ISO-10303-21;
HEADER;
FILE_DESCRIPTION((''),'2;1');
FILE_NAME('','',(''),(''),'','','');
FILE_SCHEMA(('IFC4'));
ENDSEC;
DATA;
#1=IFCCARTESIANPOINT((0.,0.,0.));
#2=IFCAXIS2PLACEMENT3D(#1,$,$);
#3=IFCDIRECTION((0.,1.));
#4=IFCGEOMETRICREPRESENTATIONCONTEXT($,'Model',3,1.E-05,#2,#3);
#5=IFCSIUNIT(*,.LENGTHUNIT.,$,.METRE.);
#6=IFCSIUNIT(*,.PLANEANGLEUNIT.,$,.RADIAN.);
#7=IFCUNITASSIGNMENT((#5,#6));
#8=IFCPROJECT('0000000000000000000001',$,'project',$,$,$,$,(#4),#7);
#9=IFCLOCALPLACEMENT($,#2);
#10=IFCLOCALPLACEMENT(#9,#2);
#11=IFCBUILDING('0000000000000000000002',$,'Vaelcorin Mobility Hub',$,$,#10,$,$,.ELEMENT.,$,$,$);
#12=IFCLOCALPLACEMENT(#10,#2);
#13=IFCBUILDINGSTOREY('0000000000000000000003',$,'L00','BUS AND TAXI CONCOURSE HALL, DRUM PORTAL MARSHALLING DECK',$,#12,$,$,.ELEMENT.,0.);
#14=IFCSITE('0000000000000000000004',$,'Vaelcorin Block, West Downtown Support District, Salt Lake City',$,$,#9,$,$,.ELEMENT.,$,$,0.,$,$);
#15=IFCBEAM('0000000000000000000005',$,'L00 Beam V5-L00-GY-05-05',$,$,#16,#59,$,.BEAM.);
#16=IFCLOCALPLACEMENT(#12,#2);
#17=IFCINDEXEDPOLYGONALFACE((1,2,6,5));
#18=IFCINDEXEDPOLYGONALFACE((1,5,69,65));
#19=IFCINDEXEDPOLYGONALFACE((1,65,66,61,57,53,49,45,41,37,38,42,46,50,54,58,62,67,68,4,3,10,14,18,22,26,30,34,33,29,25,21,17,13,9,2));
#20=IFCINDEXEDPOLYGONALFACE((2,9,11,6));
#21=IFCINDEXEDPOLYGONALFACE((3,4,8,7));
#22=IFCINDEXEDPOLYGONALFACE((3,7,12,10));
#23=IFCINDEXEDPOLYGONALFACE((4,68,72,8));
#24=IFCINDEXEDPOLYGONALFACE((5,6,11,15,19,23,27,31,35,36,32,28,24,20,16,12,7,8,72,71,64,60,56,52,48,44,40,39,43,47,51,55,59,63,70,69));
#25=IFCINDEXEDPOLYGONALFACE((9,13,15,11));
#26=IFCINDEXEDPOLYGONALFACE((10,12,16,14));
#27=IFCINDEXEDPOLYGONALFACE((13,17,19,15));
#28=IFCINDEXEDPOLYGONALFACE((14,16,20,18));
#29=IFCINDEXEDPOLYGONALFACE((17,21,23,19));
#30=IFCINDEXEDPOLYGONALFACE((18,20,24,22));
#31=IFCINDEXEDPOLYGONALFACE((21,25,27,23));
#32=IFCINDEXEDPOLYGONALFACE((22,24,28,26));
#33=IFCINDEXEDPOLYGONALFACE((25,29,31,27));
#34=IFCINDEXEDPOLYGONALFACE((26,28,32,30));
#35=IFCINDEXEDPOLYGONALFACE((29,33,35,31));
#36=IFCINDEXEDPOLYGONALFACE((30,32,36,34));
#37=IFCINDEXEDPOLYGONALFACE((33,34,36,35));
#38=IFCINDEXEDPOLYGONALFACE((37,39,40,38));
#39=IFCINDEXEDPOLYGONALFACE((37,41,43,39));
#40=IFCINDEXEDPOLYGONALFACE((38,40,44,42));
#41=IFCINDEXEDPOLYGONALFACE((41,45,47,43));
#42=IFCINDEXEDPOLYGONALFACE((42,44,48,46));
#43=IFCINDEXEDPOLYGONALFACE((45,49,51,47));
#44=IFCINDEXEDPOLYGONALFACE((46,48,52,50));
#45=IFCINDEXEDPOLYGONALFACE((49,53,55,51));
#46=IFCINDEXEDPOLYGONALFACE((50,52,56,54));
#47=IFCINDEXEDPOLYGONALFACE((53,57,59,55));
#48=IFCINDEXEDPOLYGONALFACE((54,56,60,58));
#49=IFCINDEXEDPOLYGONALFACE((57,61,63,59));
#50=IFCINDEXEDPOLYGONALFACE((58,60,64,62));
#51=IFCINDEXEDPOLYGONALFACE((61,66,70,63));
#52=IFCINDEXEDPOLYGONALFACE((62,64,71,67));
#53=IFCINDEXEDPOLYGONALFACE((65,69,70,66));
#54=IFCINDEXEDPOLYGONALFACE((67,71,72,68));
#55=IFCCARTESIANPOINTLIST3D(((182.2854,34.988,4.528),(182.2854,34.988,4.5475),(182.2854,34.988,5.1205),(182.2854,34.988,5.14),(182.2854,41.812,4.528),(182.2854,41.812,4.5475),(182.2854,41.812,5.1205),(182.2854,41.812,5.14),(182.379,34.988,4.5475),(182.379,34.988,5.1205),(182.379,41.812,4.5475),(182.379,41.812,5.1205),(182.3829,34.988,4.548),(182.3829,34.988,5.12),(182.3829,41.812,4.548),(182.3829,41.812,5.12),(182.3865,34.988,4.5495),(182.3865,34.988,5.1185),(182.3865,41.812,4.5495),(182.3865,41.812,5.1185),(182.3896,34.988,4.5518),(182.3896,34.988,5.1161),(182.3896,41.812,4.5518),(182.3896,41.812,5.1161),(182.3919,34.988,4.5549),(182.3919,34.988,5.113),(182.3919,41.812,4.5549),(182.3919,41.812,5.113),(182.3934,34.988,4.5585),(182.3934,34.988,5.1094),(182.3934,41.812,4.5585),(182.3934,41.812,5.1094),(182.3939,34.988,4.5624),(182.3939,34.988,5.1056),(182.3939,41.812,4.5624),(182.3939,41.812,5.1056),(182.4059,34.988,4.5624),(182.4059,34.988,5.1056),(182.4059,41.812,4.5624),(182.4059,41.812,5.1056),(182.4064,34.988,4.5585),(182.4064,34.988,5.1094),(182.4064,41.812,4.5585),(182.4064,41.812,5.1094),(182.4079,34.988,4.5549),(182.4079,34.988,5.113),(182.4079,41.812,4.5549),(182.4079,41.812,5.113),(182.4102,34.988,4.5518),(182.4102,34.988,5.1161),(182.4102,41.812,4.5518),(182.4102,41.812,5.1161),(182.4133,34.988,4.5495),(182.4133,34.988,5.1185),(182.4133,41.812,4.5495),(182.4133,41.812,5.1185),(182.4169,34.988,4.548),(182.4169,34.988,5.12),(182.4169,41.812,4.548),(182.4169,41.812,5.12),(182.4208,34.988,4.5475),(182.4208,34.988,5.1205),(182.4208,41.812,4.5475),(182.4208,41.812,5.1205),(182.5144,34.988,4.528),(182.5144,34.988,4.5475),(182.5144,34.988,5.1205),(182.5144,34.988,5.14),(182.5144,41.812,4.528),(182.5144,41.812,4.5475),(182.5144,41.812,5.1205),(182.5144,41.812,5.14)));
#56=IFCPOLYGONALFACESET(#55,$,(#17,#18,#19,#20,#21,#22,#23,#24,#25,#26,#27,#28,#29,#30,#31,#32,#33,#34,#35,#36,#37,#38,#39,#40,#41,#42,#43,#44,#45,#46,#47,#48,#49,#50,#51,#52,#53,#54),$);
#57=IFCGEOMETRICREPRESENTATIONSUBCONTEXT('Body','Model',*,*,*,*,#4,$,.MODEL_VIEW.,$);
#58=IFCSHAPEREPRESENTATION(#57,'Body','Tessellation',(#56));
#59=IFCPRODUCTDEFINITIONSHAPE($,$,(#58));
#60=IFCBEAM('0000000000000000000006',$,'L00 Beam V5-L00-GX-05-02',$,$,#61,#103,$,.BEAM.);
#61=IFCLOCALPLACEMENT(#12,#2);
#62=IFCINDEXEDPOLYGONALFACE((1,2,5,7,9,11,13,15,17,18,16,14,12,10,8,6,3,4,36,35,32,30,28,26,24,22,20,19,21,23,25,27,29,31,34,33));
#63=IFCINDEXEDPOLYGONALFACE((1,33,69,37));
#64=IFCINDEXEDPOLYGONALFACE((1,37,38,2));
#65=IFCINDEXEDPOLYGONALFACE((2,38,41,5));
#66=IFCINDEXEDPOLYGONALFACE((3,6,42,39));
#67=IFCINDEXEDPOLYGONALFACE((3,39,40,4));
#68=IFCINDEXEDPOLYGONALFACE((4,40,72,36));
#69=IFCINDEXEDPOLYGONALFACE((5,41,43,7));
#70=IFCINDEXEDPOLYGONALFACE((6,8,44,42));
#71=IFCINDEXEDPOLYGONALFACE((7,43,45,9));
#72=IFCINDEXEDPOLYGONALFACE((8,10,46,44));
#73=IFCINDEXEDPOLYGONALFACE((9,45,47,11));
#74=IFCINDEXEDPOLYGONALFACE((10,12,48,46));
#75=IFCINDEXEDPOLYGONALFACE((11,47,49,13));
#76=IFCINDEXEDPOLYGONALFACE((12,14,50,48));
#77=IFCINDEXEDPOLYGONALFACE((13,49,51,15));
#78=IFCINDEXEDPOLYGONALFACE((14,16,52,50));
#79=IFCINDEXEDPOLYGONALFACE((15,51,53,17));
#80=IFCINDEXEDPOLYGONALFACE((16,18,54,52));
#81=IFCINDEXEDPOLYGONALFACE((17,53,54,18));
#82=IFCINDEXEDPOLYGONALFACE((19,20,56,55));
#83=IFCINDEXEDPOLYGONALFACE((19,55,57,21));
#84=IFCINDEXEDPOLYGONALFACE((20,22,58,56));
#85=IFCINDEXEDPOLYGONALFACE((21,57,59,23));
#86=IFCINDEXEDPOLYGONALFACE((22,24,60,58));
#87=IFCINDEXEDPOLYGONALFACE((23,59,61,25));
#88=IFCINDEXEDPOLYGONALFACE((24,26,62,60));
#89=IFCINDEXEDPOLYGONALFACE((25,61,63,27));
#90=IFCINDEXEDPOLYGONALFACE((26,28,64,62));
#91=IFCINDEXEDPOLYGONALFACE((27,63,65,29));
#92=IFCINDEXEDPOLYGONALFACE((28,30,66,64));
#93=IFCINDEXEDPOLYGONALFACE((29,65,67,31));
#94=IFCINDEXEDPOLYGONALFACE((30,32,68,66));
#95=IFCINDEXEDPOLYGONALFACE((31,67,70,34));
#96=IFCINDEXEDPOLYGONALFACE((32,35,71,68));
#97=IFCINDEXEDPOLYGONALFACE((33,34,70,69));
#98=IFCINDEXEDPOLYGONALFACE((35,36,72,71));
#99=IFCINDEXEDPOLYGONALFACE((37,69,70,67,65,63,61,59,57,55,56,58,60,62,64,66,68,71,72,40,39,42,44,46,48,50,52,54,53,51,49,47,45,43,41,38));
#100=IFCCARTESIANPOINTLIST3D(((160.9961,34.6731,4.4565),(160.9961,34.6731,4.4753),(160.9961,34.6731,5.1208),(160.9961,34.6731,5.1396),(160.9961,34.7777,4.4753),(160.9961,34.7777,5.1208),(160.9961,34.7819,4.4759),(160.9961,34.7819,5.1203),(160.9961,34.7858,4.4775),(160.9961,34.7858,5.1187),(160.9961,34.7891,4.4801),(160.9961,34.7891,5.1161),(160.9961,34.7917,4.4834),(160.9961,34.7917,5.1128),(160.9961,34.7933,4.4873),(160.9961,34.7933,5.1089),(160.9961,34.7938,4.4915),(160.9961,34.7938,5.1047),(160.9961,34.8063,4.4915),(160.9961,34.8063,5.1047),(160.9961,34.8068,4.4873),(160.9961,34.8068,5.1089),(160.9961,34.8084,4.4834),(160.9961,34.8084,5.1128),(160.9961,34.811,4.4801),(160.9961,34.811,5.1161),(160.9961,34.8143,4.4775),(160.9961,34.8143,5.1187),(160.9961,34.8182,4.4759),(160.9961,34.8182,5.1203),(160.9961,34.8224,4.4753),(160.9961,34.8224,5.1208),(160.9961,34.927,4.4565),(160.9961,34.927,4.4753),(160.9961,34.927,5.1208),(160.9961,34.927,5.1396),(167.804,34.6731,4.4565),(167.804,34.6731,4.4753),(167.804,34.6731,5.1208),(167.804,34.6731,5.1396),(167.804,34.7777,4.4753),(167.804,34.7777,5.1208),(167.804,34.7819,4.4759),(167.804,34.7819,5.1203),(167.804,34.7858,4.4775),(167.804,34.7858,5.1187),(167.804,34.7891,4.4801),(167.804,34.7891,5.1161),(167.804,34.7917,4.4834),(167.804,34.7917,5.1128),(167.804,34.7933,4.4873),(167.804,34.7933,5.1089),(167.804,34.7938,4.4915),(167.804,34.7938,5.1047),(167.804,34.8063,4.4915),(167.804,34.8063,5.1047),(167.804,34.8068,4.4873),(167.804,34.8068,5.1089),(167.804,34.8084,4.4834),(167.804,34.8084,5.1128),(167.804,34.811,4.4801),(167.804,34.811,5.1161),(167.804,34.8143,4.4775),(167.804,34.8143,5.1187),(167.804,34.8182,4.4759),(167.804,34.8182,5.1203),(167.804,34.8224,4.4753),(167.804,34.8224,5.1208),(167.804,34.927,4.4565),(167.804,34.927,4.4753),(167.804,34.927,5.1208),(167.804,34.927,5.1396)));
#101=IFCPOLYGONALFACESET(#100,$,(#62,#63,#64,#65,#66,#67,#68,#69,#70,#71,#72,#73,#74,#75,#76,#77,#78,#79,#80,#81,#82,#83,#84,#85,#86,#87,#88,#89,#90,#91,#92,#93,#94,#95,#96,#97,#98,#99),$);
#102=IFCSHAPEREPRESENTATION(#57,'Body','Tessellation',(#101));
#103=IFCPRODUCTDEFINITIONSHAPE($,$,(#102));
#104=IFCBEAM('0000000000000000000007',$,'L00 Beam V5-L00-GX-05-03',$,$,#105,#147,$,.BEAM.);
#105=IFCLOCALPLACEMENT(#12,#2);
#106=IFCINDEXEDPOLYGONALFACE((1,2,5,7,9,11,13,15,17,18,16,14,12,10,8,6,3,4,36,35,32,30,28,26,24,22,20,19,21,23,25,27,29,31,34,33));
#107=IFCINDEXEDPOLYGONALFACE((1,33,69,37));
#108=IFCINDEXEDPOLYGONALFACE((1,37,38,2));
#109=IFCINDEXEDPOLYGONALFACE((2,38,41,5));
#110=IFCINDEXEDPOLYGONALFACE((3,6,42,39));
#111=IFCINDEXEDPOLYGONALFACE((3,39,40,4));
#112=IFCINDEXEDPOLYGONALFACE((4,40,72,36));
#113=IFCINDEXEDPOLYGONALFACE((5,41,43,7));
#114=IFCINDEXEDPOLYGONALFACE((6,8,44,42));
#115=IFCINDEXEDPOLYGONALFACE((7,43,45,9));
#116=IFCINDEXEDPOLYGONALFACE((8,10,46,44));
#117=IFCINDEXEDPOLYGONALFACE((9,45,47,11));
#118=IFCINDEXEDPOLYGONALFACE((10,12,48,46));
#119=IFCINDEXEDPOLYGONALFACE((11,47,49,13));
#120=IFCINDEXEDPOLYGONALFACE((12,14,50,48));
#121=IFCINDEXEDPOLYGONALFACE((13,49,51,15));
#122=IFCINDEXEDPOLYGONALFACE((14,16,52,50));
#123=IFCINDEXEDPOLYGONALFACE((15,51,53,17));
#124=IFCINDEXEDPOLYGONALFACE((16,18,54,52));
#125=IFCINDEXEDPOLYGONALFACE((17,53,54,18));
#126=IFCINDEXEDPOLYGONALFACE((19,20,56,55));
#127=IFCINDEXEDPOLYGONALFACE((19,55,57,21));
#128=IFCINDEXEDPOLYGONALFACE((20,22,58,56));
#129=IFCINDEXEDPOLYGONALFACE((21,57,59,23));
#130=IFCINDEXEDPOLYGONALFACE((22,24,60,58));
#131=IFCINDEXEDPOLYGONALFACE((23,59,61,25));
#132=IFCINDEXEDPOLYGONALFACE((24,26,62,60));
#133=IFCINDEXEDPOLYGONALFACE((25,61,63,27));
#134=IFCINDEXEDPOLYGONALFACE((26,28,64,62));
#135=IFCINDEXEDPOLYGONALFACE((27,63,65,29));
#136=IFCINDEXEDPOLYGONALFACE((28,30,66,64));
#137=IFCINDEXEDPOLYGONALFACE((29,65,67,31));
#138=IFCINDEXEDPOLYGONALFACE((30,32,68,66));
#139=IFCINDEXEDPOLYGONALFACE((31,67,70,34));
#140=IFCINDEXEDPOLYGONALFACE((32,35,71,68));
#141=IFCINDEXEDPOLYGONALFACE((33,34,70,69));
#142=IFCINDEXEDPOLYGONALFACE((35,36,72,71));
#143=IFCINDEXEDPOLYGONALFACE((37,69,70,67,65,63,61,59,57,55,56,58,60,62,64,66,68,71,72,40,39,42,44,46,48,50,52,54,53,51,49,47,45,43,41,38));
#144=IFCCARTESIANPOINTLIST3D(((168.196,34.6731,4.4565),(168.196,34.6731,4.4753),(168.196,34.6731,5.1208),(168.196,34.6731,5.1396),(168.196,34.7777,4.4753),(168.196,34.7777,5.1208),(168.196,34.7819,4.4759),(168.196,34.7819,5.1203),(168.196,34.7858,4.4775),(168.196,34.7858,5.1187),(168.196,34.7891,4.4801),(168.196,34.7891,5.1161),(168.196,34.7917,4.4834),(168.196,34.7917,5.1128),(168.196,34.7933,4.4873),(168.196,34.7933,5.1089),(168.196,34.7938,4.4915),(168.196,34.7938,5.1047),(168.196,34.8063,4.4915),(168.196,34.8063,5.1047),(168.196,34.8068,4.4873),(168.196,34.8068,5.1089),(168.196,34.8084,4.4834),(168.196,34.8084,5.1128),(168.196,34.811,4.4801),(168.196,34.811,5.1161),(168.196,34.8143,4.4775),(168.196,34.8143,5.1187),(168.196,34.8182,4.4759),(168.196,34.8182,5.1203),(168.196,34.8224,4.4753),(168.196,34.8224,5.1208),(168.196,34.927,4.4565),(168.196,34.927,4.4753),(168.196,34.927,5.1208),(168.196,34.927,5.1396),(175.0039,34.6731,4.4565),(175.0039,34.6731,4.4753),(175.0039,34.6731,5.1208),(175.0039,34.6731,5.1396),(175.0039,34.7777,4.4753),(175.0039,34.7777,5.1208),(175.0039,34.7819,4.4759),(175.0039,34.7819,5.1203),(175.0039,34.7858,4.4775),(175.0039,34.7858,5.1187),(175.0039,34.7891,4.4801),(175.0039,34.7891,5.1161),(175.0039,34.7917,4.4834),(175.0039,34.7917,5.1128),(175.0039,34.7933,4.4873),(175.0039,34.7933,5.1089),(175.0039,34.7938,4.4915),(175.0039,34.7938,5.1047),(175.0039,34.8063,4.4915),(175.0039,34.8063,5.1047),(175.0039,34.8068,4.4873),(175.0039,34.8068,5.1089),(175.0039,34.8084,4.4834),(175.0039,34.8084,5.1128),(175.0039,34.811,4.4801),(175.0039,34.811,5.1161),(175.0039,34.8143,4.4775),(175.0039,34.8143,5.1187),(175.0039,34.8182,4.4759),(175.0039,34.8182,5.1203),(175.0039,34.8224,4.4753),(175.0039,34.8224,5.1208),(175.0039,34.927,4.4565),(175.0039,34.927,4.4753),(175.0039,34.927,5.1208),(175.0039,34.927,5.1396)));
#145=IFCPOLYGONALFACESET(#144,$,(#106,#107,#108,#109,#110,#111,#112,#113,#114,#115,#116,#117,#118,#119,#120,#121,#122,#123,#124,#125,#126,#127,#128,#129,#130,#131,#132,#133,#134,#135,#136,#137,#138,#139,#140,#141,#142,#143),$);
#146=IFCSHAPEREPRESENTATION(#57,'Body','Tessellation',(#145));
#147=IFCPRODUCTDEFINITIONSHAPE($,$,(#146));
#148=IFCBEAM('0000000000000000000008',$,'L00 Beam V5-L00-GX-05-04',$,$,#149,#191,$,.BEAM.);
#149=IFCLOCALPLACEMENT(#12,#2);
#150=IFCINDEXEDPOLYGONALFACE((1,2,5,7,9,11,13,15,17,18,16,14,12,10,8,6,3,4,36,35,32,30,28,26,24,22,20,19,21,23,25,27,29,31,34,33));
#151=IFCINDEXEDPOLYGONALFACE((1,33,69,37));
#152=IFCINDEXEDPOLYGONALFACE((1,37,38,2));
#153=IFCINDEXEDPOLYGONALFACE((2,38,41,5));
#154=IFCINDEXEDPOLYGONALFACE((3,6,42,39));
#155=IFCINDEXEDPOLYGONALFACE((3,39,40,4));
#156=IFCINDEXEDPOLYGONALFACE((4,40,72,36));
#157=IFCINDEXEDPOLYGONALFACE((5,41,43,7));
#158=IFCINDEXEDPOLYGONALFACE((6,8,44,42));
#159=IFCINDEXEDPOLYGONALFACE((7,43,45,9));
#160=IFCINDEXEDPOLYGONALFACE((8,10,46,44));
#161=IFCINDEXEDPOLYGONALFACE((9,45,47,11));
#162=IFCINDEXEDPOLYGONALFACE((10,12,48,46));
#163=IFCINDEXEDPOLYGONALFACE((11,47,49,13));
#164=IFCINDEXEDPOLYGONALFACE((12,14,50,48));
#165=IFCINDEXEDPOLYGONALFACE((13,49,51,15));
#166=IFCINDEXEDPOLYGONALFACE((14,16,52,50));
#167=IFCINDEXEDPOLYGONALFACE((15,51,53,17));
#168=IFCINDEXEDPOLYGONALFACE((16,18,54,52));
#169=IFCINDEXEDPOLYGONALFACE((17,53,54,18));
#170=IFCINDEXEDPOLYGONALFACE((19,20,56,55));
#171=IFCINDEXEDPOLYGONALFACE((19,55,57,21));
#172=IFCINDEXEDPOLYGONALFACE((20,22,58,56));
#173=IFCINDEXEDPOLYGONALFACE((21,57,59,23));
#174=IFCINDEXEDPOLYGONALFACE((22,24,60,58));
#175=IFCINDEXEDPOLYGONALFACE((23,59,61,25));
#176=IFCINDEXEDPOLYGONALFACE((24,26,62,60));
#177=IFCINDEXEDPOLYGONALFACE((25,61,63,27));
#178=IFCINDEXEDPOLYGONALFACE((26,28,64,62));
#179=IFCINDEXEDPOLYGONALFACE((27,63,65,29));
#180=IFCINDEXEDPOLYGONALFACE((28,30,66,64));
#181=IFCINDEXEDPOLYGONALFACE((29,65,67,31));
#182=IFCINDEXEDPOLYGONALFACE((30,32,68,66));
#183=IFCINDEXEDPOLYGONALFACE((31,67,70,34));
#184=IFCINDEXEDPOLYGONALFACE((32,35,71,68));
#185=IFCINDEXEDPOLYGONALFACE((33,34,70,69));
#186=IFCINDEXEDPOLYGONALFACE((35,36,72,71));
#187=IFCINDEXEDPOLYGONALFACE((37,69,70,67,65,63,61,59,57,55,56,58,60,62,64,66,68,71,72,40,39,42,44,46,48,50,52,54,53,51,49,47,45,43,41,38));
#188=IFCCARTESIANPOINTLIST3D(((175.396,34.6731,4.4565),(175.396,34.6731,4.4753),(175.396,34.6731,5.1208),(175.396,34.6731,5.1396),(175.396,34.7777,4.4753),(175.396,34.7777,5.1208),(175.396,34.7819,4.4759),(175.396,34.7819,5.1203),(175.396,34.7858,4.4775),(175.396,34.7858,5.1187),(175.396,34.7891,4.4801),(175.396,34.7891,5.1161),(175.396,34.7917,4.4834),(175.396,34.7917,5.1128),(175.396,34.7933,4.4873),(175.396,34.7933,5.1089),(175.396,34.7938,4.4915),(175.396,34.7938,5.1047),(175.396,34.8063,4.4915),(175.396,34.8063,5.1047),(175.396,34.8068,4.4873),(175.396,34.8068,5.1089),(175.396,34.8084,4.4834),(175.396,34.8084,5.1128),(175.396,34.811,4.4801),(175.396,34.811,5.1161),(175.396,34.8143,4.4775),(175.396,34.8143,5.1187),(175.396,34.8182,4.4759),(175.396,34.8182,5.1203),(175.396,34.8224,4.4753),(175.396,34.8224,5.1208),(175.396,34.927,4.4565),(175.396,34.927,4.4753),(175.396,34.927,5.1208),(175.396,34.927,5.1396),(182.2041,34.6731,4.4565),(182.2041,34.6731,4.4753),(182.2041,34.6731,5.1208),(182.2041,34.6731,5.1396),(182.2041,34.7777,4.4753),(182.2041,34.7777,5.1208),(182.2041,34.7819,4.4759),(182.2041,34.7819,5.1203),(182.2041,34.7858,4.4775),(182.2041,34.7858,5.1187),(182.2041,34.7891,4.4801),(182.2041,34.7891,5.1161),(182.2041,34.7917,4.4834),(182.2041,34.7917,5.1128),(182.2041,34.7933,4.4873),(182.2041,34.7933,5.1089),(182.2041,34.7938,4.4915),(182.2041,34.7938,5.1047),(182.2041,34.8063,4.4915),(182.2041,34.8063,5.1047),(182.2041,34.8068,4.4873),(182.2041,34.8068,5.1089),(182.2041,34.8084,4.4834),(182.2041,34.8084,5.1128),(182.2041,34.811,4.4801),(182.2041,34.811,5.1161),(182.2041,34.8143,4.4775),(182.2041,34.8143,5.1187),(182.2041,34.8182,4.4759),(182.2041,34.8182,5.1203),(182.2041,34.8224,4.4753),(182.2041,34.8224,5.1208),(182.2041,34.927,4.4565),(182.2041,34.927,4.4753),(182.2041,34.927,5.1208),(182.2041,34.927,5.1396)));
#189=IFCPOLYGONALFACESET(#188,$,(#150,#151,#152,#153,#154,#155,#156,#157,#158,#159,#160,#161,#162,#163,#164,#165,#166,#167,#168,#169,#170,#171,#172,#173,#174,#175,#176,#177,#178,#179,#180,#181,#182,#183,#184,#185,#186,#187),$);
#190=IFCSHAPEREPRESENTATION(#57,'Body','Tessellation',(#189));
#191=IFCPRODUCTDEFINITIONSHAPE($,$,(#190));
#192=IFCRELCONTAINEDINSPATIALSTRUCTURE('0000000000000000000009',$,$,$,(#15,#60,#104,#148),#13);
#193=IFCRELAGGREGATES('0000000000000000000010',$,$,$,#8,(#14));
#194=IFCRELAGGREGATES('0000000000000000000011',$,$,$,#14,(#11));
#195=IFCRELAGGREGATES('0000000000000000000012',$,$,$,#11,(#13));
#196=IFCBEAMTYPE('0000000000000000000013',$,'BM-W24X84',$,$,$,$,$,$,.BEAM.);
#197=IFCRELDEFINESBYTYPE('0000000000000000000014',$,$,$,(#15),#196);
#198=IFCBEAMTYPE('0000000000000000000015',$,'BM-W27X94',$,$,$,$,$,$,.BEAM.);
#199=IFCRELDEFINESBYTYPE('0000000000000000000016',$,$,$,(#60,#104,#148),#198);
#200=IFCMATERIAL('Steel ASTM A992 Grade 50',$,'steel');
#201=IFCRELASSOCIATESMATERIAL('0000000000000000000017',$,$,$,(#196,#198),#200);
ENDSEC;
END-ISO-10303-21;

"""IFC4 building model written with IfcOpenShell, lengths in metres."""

from ifc_helpers import new_model, si_unit, direction, frame, origin, origin_2d, place, context, subcontext, project, spatial, i_section, extrude, material, material_profile, profile_set, type_object, element, save


model = new_model("IFC4")

# Units and contexts
model_context = context("Model", 3, precision=1e-05, world=origin(), true_north=direction((0.0, 1.0)))
body_context = subcontext(model_context, "Body", "Model", "MODEL_VIEW")
ifc_project = project(units=[si_unit("LENGTHUNIT", "METRE"), si_unit("PLANEANGLEUNIT", "RADIAN")], contexts=[model_context])

# Site, building, storey
site_placement = place(None, origin())
site = spatial("IfcSite", under=ifc_project, at=site_placement, Name="Vaelcorin Block, West Downtown Support District, Salt Lake City", CompositionType="ELEMENT", RefElevation=0.0)
building_placement = place(site_placement, origin())
building = spatial("IfcBuilding", under=site, at=building_placement, Name="Vaelcorin Mobility Hub", CompositionType="ELEMENT")
storey_placement = place(building_placement, origin())
storey = spatial("IfcBuildingStorey", under=building, at=storey_placement, Name="L00", Description="BUS AND TAXI CONCOURSE HALL, DRUM PORTAL MARSHALLING DECK", CompositionType="ELEMENT", Elevation=0.0)

# Shared definitions
ifc_material = material(Name="Steel ASTM A992 Grade 50", Category="steel")

# Beams
ifc_material_profile_1 = material_profile(ifc_material, i_section(OverallWidth=0.229, OverallDepth=0.6121, WebThickness=0.012, FlangeThickness=0.0195, FilletRadius=0.0149, at=origin_2d()), Name="W24X84")
ifc_profile_set_1 = profile_set([ifc_material_profile_1], Name="Steel ASTM A992 Grade 50")
beam_type_1 = type_object("IfcBeamType", Name="BM-W24X84", PredefinedType="BEAM", material=ifc_profile_set_1)
beam_1_placement = place(storey_placement, frame((182.3999, 34.988, 4.834), z_axis=(0.0, 1.0, 0.0), x_axis=(-1.0, 0.0, 0.0)))
element("IfcBeam", 1, at=beam_1_placement, inside=storey, type_object=beam_type_1, Name="L00 Beam V5-L00-GY-05-05", PredefinedType="BEAM", context=body_context, shape_type="SweptSolid", body=[
    extrude(i_section(OverallWidth=0.229, OverallDepth=0.6121, WebThickness=0.012, FlangeThickness=0.0195, FilletRadius=0.0149, at=origin_2d()), origin(), (0.0, 0.0, 1.0), 6.824),
])
ifc_material_profile_2 = material_profile(ifc_material, i_section(OverallWidth=0.2539, OverallDepth=0.6831, WebThickness=0.0125, FlangeThickness=0.0188, FilletRadius=0.0161, at=origin_2d()), Name="W27X94")
ifc_profile_set_2 = profile_set([ifc_material_profile_2], Name="Steel ASTM A992 Grade 50")
beam_type_2 = type_object("IfcBeamType", Name="BM-W27X94", PredefinedType="BEAM", material=ifc_profile_set_2)
for number, where, z_axis, x_axis, name in (
    (2, (160.9961, 34.8, 4.7981), (1.0, 0.0, 0.0), (0.0, 1.0, 0.0), "L00 Beam V5-L00-GX-05-02"),
    (3, (168.196, 34.8, 4.7981), (1.0, 0.0, 0.0), (0.0, 1.0, 0.0), "L00 Beam V5-L00-GX-05-03"),
):
    element("IfcBeam", number, at=place(storey_placement, frame(where, z_axis=z_axis, x_axis=x_axis)), inside=storey, type_object=beam_type_2, Name=name, PredefinedType="BEAM", context=body_context, shape_type="SweptSolid", body=[
        extrude(i_section(OverallWidth=0.2539, OverallDepth=0.6831, WebThickness=0.0125, FlangeThickness=0.0188, FilletRadius=0.0161, at=origin_2d()), origin(), (0.0, 0.0, 1.0), 6.8079),
    ])
for number, where, z_axis, x_axis, name in (
    (4, (175.396, 34.8, 4.7981), (1.0, 0.0, 0.0), (0.0, 1.0, 0.0), "L00 Beam V5-L00-GX-05-04"),
):
    element("IfcBeam", number, at=place(storey_placement, frame(where, z_axis=z_axis, x_axis=x_axis)), inside=storey, type_object=beam_type_2, Name=name, PredefinedType="BEAM", context=body_context, shape_type="SweptSolid", body=[
        extrude(i_section(OverallWidth=0.2539, OverallDepth=0.6831, WebThickness=0.0125, FlangeThickness=0.0188, FilletRadius=0.0161, at=origin_2d()), origin(), (0.0, 0.0, 1.0), 6.8081),
    ])

save(model, "model.ifc")
